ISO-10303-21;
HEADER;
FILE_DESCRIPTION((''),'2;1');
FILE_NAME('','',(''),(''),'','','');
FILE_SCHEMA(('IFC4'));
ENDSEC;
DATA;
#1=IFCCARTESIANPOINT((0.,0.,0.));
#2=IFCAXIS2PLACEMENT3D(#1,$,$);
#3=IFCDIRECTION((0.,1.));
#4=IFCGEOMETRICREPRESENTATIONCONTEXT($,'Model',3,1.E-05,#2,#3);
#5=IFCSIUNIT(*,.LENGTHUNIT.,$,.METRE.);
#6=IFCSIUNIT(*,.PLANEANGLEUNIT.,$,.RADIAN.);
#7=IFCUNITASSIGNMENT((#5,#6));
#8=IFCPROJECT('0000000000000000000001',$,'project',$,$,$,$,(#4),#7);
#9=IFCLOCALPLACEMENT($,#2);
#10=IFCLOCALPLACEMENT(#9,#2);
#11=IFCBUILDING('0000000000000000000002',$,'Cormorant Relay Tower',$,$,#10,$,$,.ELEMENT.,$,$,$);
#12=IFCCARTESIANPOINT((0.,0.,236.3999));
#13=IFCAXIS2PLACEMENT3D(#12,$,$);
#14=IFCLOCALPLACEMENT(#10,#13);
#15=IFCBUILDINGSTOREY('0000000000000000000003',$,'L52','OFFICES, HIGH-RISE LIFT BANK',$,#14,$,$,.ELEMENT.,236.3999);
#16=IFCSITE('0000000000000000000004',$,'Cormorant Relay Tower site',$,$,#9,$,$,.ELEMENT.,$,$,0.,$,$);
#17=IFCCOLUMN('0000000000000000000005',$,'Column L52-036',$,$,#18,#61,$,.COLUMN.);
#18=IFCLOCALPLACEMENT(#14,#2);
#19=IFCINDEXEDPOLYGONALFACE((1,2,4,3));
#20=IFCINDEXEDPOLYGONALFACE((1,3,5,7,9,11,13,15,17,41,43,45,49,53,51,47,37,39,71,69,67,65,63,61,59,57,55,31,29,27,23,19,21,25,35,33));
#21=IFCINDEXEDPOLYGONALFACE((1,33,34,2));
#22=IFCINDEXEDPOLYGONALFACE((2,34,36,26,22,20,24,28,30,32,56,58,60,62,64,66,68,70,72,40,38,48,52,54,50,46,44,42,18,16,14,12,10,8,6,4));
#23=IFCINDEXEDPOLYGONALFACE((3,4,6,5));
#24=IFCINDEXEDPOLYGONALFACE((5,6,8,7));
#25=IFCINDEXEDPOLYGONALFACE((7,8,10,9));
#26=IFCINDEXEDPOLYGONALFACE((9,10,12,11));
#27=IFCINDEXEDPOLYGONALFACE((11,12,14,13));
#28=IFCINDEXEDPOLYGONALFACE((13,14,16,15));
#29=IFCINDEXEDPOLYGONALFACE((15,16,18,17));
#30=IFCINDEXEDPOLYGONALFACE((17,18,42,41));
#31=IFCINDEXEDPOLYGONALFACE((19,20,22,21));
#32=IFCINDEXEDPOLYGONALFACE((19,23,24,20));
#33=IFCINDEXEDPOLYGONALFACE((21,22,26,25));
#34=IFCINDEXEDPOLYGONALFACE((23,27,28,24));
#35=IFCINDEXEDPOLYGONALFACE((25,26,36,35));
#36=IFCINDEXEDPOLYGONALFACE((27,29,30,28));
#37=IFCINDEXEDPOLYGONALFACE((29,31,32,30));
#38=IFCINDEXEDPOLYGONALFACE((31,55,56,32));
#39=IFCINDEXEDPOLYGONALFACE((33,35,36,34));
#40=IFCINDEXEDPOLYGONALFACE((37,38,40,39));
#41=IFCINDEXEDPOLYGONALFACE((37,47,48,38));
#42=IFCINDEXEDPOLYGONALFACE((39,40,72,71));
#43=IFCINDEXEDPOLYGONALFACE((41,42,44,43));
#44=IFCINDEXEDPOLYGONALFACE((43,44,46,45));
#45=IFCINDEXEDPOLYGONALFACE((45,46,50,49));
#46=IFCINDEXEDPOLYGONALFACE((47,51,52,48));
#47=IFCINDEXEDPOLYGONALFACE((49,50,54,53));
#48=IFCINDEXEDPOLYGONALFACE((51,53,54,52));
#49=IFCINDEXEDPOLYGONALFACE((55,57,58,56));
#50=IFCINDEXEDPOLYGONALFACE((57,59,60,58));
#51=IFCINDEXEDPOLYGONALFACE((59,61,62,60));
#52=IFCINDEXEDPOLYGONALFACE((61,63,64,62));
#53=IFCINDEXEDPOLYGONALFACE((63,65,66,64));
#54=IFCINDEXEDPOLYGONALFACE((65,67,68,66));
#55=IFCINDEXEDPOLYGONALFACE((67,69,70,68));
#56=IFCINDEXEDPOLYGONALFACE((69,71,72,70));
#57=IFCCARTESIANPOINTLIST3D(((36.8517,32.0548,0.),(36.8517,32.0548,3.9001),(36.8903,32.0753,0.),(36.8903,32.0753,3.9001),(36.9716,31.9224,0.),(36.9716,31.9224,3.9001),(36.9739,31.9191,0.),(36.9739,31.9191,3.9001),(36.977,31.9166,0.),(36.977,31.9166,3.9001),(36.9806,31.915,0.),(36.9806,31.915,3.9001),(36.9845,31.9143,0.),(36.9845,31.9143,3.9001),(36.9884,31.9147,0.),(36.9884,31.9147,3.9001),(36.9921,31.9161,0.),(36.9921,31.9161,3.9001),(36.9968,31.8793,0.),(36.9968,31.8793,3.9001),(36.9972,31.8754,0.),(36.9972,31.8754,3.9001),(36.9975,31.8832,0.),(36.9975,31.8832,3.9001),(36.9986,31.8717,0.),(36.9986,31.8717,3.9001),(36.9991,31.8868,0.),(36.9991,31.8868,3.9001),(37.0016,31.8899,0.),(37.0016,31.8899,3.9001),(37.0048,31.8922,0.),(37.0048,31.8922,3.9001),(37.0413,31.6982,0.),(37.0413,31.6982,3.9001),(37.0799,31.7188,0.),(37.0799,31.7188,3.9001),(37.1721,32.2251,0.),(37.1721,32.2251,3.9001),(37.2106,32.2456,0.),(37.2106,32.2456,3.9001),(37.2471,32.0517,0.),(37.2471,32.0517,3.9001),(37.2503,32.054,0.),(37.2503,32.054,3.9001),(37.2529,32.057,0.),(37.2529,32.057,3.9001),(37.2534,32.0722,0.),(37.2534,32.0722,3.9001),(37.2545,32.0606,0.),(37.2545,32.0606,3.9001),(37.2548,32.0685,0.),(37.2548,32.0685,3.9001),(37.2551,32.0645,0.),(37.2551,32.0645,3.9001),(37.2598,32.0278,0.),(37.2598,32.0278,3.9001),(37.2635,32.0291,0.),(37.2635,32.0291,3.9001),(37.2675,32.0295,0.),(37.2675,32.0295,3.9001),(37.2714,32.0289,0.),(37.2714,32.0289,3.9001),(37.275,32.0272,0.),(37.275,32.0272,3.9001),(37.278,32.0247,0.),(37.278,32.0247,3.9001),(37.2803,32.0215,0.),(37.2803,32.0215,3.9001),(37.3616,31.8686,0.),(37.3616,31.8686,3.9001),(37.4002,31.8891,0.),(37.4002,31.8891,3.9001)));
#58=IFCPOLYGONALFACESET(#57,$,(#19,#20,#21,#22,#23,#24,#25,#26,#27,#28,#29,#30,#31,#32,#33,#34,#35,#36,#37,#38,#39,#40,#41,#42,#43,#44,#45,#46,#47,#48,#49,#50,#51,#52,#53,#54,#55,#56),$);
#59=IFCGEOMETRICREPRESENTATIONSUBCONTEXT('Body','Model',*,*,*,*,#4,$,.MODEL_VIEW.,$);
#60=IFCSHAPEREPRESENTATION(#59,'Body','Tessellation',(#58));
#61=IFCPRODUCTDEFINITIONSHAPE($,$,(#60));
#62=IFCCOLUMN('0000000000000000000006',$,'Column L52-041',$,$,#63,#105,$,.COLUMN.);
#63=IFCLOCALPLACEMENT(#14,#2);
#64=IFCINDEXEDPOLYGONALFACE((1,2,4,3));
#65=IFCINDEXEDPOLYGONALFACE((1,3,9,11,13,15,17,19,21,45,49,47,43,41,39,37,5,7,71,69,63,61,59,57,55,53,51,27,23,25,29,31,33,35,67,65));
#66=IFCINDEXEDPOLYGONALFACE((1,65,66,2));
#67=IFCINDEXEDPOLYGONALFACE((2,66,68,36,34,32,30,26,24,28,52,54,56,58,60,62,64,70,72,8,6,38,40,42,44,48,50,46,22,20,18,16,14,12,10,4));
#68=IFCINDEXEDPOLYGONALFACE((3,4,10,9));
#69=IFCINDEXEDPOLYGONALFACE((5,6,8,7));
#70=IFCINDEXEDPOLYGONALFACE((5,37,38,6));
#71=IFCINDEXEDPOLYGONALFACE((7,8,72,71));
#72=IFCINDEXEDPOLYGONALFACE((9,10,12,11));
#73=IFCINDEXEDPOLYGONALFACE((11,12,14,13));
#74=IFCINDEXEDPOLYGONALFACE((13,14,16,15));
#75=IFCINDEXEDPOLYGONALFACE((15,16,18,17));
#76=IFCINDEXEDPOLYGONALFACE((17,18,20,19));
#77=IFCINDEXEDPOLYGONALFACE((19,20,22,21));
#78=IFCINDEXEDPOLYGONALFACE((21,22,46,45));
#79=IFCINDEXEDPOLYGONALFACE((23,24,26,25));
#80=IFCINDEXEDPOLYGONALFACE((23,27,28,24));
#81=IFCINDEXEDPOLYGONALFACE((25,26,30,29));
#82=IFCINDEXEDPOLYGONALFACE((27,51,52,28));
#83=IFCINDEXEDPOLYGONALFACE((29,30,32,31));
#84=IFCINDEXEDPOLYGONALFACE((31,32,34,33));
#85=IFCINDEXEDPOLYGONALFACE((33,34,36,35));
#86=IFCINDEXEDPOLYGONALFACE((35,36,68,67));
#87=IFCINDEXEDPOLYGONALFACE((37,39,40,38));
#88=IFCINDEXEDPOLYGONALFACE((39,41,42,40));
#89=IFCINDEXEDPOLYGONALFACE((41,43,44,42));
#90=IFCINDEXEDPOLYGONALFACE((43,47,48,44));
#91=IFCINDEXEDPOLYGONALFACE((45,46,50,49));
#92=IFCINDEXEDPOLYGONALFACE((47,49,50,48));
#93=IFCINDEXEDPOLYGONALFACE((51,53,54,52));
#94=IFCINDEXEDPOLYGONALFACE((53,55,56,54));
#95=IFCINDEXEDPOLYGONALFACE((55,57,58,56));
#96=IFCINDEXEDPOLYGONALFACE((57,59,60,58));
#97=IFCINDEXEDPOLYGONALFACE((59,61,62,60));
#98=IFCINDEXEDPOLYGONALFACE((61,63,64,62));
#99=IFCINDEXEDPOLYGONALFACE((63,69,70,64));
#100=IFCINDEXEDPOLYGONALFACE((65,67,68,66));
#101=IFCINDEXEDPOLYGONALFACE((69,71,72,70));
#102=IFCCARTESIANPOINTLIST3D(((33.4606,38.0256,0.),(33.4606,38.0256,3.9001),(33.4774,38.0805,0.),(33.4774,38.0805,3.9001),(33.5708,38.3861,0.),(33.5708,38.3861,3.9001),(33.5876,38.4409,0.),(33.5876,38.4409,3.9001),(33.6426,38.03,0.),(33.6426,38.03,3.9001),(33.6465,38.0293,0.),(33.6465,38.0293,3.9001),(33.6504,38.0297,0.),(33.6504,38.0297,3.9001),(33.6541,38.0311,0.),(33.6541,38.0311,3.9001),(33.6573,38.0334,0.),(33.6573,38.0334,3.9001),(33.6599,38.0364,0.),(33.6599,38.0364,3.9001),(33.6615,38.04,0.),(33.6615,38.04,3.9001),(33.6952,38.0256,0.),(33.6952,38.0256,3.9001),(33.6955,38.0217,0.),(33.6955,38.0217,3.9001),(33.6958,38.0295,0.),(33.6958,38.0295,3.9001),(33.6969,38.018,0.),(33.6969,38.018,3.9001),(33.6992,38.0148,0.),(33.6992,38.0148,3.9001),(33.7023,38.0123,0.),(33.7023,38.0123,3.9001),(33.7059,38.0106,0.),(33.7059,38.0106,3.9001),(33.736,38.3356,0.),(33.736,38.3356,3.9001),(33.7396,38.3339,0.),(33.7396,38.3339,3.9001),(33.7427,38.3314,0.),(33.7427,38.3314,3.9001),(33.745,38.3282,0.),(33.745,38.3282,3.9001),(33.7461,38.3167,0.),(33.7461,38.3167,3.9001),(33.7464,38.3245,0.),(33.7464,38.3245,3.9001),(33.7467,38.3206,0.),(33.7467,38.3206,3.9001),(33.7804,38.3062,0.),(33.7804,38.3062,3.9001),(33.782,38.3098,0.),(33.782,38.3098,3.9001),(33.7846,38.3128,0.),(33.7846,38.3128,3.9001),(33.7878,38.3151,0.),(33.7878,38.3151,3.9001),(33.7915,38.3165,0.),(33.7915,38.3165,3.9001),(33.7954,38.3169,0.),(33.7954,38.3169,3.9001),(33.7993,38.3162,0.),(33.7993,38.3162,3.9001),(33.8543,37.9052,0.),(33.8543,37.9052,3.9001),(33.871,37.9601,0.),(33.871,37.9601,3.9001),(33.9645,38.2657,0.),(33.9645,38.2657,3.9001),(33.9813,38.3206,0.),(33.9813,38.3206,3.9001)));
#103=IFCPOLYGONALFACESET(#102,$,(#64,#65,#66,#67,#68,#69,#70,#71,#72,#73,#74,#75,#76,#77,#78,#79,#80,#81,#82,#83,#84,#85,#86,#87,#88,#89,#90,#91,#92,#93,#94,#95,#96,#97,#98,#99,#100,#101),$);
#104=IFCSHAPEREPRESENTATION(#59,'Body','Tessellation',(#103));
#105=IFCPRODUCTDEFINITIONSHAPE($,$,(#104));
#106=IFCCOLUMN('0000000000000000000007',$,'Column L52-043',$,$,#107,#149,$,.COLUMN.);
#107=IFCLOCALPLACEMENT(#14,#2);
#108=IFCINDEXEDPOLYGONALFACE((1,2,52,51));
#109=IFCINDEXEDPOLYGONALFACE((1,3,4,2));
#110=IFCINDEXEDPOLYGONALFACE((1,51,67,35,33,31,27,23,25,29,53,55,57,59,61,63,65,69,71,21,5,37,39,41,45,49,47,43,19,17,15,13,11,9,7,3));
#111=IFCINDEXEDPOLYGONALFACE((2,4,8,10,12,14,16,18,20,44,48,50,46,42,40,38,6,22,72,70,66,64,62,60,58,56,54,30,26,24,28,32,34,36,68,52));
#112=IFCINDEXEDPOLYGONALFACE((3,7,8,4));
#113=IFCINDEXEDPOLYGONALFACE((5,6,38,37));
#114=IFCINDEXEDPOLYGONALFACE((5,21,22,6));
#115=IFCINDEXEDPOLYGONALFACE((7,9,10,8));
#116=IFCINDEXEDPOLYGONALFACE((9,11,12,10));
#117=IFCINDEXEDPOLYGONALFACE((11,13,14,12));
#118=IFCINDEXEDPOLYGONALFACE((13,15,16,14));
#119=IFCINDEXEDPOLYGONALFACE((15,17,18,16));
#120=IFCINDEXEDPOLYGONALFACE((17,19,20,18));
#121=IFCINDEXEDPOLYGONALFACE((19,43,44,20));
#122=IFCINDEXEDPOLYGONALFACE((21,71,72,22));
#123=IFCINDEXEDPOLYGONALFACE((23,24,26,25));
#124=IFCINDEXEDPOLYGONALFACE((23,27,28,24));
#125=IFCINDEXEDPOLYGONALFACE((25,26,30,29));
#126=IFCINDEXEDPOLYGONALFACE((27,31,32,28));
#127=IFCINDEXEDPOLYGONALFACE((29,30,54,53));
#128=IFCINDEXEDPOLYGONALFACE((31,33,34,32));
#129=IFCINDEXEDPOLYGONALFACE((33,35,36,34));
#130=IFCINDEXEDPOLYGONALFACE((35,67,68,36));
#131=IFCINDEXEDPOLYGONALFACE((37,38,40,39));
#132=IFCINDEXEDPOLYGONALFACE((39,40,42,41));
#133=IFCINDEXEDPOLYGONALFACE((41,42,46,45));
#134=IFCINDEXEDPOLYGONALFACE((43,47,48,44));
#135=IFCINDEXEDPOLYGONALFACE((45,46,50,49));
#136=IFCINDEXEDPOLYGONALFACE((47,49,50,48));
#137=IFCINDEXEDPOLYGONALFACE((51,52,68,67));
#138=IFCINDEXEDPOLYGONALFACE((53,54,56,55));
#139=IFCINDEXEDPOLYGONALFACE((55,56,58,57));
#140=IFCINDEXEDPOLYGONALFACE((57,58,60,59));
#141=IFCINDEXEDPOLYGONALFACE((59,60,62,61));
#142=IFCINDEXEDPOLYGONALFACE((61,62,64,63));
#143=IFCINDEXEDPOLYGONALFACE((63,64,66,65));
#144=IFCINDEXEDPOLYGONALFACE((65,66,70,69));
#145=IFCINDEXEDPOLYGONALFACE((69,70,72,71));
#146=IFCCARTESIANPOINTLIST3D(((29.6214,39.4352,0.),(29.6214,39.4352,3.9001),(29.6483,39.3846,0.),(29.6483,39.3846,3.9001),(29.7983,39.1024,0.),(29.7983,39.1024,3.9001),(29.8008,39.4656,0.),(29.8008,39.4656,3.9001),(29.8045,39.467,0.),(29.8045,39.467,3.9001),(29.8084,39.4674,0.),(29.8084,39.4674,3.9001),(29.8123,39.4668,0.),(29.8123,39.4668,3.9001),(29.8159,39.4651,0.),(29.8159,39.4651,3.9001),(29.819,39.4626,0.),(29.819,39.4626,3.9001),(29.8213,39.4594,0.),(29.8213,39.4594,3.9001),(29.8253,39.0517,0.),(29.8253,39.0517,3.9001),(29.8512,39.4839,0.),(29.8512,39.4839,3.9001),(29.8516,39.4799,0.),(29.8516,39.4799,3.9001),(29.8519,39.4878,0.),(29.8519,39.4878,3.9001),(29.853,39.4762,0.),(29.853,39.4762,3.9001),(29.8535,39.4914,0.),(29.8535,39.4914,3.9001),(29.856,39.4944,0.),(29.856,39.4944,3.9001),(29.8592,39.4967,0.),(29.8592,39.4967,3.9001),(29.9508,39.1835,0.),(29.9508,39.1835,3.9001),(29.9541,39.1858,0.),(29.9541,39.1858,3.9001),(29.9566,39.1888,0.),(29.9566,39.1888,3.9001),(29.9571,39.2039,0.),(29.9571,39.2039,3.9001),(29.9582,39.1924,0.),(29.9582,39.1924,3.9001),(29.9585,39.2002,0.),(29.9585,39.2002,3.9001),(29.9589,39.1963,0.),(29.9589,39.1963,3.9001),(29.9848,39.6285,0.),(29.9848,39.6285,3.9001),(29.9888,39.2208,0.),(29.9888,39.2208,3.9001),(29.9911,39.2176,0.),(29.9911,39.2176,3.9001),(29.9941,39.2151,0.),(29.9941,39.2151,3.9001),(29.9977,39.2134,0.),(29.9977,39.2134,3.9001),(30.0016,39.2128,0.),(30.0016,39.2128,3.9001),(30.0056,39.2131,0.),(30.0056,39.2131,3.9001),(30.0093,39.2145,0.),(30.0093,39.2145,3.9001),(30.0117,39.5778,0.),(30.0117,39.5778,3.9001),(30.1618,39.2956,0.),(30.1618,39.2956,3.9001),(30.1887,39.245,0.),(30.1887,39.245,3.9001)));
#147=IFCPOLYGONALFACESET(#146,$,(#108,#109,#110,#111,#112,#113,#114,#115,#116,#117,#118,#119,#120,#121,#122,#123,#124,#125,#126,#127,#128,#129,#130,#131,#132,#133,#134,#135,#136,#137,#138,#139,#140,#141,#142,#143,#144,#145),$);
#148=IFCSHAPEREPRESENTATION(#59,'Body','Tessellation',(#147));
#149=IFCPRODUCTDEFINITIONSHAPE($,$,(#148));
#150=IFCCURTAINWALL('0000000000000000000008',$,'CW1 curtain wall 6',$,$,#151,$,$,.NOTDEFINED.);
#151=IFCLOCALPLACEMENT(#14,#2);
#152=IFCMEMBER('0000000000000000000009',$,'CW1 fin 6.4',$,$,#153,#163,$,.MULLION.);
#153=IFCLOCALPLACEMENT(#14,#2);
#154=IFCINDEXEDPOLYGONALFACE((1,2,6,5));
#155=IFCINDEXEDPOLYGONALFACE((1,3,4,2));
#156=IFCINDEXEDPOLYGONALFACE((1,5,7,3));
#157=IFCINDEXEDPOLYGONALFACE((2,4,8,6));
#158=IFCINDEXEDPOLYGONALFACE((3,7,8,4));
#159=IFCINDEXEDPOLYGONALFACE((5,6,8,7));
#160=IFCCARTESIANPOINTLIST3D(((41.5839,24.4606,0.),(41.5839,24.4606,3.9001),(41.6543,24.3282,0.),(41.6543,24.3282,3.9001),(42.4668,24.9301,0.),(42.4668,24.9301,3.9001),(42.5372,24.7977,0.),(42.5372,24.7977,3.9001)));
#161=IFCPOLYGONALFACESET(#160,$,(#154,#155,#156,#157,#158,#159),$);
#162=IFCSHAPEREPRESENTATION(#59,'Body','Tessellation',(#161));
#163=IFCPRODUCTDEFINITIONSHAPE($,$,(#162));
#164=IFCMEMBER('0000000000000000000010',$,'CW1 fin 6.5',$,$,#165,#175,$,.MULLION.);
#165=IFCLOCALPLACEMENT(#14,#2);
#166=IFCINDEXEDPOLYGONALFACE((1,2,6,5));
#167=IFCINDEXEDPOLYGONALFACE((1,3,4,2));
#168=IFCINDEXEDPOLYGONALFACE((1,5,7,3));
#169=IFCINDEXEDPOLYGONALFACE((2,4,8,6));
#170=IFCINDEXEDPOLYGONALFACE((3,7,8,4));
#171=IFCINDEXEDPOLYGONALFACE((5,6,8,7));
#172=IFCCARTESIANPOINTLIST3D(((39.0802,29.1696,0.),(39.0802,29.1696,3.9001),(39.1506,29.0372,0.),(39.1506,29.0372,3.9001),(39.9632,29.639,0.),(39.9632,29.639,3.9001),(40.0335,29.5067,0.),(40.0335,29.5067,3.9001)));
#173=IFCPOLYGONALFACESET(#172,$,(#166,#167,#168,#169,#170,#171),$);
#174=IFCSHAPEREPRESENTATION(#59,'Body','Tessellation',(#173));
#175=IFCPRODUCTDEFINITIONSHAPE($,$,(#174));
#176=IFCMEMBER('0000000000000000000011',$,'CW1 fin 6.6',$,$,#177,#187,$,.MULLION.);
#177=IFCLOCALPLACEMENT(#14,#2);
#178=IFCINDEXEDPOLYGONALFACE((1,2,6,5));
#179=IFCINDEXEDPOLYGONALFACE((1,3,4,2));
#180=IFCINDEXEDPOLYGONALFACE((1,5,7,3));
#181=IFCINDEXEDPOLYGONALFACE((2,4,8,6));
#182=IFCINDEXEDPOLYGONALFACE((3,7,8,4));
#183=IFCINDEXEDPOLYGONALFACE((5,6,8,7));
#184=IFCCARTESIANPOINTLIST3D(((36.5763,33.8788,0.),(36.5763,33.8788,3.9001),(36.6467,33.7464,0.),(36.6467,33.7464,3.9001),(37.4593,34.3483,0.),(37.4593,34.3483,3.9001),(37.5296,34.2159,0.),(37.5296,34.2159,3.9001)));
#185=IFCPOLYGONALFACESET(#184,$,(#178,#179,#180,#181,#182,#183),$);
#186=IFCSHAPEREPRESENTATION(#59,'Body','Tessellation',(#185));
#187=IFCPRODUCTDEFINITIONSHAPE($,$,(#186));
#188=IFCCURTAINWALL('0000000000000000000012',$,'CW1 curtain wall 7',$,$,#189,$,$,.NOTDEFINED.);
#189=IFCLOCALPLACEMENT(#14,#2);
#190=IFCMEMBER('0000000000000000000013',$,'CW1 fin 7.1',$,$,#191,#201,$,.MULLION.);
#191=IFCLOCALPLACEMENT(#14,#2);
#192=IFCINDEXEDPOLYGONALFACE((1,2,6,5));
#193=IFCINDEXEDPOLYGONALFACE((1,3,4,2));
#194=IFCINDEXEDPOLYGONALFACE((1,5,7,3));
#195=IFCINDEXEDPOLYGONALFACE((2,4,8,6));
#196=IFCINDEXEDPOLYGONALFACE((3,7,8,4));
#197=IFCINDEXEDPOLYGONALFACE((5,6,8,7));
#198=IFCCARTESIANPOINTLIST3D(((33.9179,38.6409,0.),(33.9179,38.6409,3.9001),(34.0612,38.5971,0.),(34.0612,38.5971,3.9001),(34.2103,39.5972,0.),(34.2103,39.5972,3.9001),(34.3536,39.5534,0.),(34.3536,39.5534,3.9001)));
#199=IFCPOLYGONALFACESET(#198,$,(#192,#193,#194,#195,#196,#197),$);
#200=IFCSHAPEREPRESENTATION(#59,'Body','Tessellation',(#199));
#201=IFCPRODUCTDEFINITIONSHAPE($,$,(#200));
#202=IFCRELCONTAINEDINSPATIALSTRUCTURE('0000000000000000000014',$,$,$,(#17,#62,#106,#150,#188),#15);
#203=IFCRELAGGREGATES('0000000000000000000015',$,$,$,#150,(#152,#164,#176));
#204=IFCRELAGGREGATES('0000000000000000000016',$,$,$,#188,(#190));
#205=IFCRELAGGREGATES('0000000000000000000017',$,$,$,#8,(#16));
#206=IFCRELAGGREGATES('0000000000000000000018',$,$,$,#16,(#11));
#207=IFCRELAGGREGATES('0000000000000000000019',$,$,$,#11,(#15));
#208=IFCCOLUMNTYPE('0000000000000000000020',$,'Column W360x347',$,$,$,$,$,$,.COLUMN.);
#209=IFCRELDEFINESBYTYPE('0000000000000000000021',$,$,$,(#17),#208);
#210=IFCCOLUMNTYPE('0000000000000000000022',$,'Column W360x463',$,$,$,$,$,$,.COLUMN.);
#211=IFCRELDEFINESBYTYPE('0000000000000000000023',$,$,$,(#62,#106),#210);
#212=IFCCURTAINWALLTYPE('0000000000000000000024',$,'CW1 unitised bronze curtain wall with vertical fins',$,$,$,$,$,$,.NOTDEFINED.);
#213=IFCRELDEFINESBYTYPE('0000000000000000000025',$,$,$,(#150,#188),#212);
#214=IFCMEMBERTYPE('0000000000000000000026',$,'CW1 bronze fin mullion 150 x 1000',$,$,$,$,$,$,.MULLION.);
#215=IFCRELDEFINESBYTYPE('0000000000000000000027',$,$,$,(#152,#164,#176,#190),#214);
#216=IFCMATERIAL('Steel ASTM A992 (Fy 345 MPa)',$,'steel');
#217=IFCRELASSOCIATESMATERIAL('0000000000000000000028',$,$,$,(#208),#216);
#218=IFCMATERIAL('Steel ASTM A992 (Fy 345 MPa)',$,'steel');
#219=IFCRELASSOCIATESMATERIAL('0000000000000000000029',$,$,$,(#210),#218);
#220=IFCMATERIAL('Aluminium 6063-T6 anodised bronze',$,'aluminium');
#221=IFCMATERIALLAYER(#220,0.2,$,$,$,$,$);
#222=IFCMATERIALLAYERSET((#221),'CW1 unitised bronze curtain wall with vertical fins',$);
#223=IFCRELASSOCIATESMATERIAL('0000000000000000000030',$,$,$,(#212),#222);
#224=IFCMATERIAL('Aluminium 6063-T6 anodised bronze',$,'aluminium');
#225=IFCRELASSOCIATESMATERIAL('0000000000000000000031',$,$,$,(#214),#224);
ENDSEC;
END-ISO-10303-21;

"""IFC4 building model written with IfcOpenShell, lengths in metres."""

from ifc_helpers import new_model, si_unit, direction, frame, origin, origin_2d, place, context, subcontext, project, spatial, rectangle, i_section, extrude, material, layer, layer_set, material_profile, profile_set, type_object, element, aggregate, save


model = new_model("IFC4")

# Units and contexts
model_context = context("Model", 3, precision=1e-05, world=origin(), true_north=direction((0.0, 1.0)))
body_context = subcontext(model_context, "Body", "Model", "MODEL_VIEW")
ifc_project = project(units=[si_unit("LENGTHUNIT", "METRE"), si_unit("PLANEANGLEUNIT", "RADIAN")], contexts=[model_context])

# Site, building, storey
site_placement = place(None, origin())
site = spatial("IfcSite", under=ifc_project, at=site_placement, Name="Cormorant Relay Tower site", CompositionType="ELEMENT", RefElevation=0.0)
building_placement = place(site_placement, origin())
building = spatial("IfcBuilding", under=site, at=building_placement, Name="Cormorant Relay Tower", CompositionType="ELEMENT")
storey_placement = place(building_placement, frame((0.0, 0.0, 236.3999)))
storey = spatial("IfcBuildingStorey", under=building, at=storey_placement, Name="L52", Description="OFFICES, HIGH-RISE LIFT BANK", CompositionType="ELEMENT", Elevation=236.3999)

# Columns
ifc_material_1 = material(Name="Steel ASTM A992 (Fy 345 MPa)", Category="steel")
ifc_material_profile_1 = material_profile(ifc_material_1, i_section(OverallWidth=0.4038, OverallDepth=0.4065, WebThickness=0.0271, FlangeThickness=0.0437, FilletRadius=0.0151, at=origin_2d()), Name="W360x347")
ifc_profile_set_1 = profile_set([ifc_material_profile_1], Name="Steel ASTM A992 (Fy 345 MPa)")
column_type_1 = type_object("IfcColumnType", Name="Column W360x347", PredefinedType="COLUMN", material=ifc_profile_set_1)
column_placement = place(storey_placement, frame((37.126, 31.9719, 0.0), z_axis=(0.0, 0.0, 1.0), x_axis=(-0.469472, 0.882948, 0.0)))
element("IfcColumn", 1, at=column_placement, inside=storey, type_object=column_type_1, Name="Column L52-036", PredefinedType="COLUMN", context=body_context, shape_type="SweptSolid", body=[
    extrude(i_section(OverallWidth=0.4038, OverallDepth=0.4065, WebThickness=0.0271, FlangeThickness=0.0437, FilletRadius=0.0151, at=origin_2d()), origin(), (0.0, 0.0, 1.0), 3.9001),
])
ifc_material_2 = material(Name="Steel ASTM A992 (Fy 345 MPa)", Category="steel")
ifc_material_profile_2 = material_profile(ifc_material_2, i_section(OverallWidth=0.4116, OverallDepth=0.4343, WebThickness=0.0359, FlangeThickness=0.0574, FilletRadius=0.0151, at=origin_2d()), Name="W360x463")
ifc_profile_set_2 = profile_set([ifc_material_profile_2], Name="Steel ASTM A992 (Fy 345 MPa)")
column_type_2 = type_object("IfcColumnType", Name="Column W360x463", PredefinedType="COLUMN", material=ifc_profile_set_2)
for number, where, z_axis, x_axis, name in (
    (2, (33.7209, 38.1731, 0.0), (0.0, 0.0, 1.0), (-0.956305, 0.292372, 0.0), "Column L52-041"),
    (3, (29.905, 39.3401, 0.0), (0.0, 0.0, 1.0), (-0.882948, -0.469472, 0.0), "Column L52-043"),
):
    element("IfcColumn", number, at=place(storey_placement, frame(where, z_axis=z_axis, x_axis=x_axis)), inside=storey, type_object=column_type_2, Name=name, PredefinedType="COLUMN", context=body_context, shape_type="SweptSolid", body=[
        extrude(i_section(OverallWidth=0.4116, OverallDepth=0.4343, WebThickness=0.0359, FlangeThickness=0.0574, FilletRadius=0.0151, at=origin_2d()), origin(), (0.0, 0.0, 1.0), 3.9001),
    ])

# Curtain wall, members
ifc_material_3 = material(Name="Aluminium 6063-T6 anodised bronze", Category="aluminium")
ifc_layer_1 = layer(ifc_material_3, 0.2)
ifc_layer_set_1 = layer_set([ifc_layer_1], Name="CW1 unitised bronze curtain wall with vertical fins")
curtain_wall_type = type_object("IfcCurtainWallType", Name="CW1 unitised bronze curtain wall with vertical fins", PredefinedType="NOTDEFINED", material=ifc_layer_set_1)
curtain_wall_1_placement = place(storey_placement, origin())
curtain_wall_1 = element("IfcCurtainWall", 4, at=curtain_wall_1_placement, inside=storey, type_object=curtain_wall_type, Name="CW1 curtain wall 6", PredefinedType="NOTDEFINED")
ifc_material_4 = material(Name="Aluminium 6063-T6 anodised bronze", Category="aluminium")
ifc_material_profile_3 = material_profile(ifc_material_4, rectangle(XDim=0.1499, YDim=1.0, at=origin_2d()), Name="AL 150x1000")
ifc_profile_set_3 = profile_set([ifc_material_profile_3], Name="Aluminium 6063-T6 anodised bronze")
member_type_1 = type_object("IfcMemberType", Name="CW1 bronze fin mullion 150 x 1000", PredefinedType="MULLION", material=ifc_profile_set_3)
member_1_placement = place(storey_placement, frame((42.0605, 24.6292, 0.0), z_axis=(0.0, 0.0, 1.0), x_axis=(-0.469472, 0.882948, 0.0)))
member_1 = element("IfcMember", 5, at=member_1_placement, type_object=member_type_1, Name="CW1 fin 6.4", PredefinedType="MULLION", context=body_context, shape_type="SweptSolid", body=[
    extrude(rectangle(XDim=0.1499, YDim=1.0, at=origin_2d()), origin(), (0.0, 0.0, 1.0), 3.9001),
])
member_2_placement = place(storey_placement, frame((39.5569, 29.3381, 0.0), z_axis=(0.0, 0.0, 1.0), x_axis=(-0.469472, 0.882948, 0.0)))
member_2 = element("IfcMember", 6, at=member_2_placement, type_object=member_type_1, Name="CW1 fin 6.5", PredefinedType="MULLION", context=body_context, shape_type="SweptSolid", body=[
    extrude(rectangle(XDim=0.1499, YDim=1.0, at=origin_2d()), origin(), (0.0, 0.0, 1.0), 3.9001),
])
member_3_placement = place(storey_placement, frame((37.053, 34.0474, 0.0), z_axis=(0.0, 0.0, 1.0), x_axis=(-0.469472, 0.882948, 0.0)))
member_3 = element("IfcMember", 7, at=member_3_placement, type_object=member_type_1, Name="CW1 fin 6.6", PredefinedType="MULLION", context=body_context, shape_type="SweptSolid", body=[
    extrude(rectangle(XDim=0.1499, YDim=1.0, at=origin_2d()), origin(), (0.0, 0.0, 1.0), 3.9001),
])

# Curtain wall, member
curtain_wall_2_placement = place(storey_placement, origin())
curtain_wall_2 = element("IfcCurtainWall", 8, at=curtain_wall_2_placement, inside=storey, type_object=curtain_wall_type, Name="CW1 curtain wall 7", PredefinedType="NOTDEFINED")
member_4_placement = place(storey_placement, frame((34.1357, 39.0972, 0.0), z_axis=(0.0, 0.0, 1.0), x_axis=(-0.956305, 0.292372, 0.0)))
member_4 = element("IfcMember", 9, at=member_4_placement, type_object=member_type_1, Name="CW1 fin 7.1", PredefinedType="MULLION", context=body_context, shape_type="SweptSolid", body=[
    extrude(rectangle(XDim=0.1499, YDim=1.0, at=origin_2d()), origin(), (0.0, 0.0, 1.0), 3.9001),
])

aggregate(curtain_wall_1, [member_1, member_2, member_3])
aggregate(curtain_wall_2, [member_4])

save(model, "model.ifc")
